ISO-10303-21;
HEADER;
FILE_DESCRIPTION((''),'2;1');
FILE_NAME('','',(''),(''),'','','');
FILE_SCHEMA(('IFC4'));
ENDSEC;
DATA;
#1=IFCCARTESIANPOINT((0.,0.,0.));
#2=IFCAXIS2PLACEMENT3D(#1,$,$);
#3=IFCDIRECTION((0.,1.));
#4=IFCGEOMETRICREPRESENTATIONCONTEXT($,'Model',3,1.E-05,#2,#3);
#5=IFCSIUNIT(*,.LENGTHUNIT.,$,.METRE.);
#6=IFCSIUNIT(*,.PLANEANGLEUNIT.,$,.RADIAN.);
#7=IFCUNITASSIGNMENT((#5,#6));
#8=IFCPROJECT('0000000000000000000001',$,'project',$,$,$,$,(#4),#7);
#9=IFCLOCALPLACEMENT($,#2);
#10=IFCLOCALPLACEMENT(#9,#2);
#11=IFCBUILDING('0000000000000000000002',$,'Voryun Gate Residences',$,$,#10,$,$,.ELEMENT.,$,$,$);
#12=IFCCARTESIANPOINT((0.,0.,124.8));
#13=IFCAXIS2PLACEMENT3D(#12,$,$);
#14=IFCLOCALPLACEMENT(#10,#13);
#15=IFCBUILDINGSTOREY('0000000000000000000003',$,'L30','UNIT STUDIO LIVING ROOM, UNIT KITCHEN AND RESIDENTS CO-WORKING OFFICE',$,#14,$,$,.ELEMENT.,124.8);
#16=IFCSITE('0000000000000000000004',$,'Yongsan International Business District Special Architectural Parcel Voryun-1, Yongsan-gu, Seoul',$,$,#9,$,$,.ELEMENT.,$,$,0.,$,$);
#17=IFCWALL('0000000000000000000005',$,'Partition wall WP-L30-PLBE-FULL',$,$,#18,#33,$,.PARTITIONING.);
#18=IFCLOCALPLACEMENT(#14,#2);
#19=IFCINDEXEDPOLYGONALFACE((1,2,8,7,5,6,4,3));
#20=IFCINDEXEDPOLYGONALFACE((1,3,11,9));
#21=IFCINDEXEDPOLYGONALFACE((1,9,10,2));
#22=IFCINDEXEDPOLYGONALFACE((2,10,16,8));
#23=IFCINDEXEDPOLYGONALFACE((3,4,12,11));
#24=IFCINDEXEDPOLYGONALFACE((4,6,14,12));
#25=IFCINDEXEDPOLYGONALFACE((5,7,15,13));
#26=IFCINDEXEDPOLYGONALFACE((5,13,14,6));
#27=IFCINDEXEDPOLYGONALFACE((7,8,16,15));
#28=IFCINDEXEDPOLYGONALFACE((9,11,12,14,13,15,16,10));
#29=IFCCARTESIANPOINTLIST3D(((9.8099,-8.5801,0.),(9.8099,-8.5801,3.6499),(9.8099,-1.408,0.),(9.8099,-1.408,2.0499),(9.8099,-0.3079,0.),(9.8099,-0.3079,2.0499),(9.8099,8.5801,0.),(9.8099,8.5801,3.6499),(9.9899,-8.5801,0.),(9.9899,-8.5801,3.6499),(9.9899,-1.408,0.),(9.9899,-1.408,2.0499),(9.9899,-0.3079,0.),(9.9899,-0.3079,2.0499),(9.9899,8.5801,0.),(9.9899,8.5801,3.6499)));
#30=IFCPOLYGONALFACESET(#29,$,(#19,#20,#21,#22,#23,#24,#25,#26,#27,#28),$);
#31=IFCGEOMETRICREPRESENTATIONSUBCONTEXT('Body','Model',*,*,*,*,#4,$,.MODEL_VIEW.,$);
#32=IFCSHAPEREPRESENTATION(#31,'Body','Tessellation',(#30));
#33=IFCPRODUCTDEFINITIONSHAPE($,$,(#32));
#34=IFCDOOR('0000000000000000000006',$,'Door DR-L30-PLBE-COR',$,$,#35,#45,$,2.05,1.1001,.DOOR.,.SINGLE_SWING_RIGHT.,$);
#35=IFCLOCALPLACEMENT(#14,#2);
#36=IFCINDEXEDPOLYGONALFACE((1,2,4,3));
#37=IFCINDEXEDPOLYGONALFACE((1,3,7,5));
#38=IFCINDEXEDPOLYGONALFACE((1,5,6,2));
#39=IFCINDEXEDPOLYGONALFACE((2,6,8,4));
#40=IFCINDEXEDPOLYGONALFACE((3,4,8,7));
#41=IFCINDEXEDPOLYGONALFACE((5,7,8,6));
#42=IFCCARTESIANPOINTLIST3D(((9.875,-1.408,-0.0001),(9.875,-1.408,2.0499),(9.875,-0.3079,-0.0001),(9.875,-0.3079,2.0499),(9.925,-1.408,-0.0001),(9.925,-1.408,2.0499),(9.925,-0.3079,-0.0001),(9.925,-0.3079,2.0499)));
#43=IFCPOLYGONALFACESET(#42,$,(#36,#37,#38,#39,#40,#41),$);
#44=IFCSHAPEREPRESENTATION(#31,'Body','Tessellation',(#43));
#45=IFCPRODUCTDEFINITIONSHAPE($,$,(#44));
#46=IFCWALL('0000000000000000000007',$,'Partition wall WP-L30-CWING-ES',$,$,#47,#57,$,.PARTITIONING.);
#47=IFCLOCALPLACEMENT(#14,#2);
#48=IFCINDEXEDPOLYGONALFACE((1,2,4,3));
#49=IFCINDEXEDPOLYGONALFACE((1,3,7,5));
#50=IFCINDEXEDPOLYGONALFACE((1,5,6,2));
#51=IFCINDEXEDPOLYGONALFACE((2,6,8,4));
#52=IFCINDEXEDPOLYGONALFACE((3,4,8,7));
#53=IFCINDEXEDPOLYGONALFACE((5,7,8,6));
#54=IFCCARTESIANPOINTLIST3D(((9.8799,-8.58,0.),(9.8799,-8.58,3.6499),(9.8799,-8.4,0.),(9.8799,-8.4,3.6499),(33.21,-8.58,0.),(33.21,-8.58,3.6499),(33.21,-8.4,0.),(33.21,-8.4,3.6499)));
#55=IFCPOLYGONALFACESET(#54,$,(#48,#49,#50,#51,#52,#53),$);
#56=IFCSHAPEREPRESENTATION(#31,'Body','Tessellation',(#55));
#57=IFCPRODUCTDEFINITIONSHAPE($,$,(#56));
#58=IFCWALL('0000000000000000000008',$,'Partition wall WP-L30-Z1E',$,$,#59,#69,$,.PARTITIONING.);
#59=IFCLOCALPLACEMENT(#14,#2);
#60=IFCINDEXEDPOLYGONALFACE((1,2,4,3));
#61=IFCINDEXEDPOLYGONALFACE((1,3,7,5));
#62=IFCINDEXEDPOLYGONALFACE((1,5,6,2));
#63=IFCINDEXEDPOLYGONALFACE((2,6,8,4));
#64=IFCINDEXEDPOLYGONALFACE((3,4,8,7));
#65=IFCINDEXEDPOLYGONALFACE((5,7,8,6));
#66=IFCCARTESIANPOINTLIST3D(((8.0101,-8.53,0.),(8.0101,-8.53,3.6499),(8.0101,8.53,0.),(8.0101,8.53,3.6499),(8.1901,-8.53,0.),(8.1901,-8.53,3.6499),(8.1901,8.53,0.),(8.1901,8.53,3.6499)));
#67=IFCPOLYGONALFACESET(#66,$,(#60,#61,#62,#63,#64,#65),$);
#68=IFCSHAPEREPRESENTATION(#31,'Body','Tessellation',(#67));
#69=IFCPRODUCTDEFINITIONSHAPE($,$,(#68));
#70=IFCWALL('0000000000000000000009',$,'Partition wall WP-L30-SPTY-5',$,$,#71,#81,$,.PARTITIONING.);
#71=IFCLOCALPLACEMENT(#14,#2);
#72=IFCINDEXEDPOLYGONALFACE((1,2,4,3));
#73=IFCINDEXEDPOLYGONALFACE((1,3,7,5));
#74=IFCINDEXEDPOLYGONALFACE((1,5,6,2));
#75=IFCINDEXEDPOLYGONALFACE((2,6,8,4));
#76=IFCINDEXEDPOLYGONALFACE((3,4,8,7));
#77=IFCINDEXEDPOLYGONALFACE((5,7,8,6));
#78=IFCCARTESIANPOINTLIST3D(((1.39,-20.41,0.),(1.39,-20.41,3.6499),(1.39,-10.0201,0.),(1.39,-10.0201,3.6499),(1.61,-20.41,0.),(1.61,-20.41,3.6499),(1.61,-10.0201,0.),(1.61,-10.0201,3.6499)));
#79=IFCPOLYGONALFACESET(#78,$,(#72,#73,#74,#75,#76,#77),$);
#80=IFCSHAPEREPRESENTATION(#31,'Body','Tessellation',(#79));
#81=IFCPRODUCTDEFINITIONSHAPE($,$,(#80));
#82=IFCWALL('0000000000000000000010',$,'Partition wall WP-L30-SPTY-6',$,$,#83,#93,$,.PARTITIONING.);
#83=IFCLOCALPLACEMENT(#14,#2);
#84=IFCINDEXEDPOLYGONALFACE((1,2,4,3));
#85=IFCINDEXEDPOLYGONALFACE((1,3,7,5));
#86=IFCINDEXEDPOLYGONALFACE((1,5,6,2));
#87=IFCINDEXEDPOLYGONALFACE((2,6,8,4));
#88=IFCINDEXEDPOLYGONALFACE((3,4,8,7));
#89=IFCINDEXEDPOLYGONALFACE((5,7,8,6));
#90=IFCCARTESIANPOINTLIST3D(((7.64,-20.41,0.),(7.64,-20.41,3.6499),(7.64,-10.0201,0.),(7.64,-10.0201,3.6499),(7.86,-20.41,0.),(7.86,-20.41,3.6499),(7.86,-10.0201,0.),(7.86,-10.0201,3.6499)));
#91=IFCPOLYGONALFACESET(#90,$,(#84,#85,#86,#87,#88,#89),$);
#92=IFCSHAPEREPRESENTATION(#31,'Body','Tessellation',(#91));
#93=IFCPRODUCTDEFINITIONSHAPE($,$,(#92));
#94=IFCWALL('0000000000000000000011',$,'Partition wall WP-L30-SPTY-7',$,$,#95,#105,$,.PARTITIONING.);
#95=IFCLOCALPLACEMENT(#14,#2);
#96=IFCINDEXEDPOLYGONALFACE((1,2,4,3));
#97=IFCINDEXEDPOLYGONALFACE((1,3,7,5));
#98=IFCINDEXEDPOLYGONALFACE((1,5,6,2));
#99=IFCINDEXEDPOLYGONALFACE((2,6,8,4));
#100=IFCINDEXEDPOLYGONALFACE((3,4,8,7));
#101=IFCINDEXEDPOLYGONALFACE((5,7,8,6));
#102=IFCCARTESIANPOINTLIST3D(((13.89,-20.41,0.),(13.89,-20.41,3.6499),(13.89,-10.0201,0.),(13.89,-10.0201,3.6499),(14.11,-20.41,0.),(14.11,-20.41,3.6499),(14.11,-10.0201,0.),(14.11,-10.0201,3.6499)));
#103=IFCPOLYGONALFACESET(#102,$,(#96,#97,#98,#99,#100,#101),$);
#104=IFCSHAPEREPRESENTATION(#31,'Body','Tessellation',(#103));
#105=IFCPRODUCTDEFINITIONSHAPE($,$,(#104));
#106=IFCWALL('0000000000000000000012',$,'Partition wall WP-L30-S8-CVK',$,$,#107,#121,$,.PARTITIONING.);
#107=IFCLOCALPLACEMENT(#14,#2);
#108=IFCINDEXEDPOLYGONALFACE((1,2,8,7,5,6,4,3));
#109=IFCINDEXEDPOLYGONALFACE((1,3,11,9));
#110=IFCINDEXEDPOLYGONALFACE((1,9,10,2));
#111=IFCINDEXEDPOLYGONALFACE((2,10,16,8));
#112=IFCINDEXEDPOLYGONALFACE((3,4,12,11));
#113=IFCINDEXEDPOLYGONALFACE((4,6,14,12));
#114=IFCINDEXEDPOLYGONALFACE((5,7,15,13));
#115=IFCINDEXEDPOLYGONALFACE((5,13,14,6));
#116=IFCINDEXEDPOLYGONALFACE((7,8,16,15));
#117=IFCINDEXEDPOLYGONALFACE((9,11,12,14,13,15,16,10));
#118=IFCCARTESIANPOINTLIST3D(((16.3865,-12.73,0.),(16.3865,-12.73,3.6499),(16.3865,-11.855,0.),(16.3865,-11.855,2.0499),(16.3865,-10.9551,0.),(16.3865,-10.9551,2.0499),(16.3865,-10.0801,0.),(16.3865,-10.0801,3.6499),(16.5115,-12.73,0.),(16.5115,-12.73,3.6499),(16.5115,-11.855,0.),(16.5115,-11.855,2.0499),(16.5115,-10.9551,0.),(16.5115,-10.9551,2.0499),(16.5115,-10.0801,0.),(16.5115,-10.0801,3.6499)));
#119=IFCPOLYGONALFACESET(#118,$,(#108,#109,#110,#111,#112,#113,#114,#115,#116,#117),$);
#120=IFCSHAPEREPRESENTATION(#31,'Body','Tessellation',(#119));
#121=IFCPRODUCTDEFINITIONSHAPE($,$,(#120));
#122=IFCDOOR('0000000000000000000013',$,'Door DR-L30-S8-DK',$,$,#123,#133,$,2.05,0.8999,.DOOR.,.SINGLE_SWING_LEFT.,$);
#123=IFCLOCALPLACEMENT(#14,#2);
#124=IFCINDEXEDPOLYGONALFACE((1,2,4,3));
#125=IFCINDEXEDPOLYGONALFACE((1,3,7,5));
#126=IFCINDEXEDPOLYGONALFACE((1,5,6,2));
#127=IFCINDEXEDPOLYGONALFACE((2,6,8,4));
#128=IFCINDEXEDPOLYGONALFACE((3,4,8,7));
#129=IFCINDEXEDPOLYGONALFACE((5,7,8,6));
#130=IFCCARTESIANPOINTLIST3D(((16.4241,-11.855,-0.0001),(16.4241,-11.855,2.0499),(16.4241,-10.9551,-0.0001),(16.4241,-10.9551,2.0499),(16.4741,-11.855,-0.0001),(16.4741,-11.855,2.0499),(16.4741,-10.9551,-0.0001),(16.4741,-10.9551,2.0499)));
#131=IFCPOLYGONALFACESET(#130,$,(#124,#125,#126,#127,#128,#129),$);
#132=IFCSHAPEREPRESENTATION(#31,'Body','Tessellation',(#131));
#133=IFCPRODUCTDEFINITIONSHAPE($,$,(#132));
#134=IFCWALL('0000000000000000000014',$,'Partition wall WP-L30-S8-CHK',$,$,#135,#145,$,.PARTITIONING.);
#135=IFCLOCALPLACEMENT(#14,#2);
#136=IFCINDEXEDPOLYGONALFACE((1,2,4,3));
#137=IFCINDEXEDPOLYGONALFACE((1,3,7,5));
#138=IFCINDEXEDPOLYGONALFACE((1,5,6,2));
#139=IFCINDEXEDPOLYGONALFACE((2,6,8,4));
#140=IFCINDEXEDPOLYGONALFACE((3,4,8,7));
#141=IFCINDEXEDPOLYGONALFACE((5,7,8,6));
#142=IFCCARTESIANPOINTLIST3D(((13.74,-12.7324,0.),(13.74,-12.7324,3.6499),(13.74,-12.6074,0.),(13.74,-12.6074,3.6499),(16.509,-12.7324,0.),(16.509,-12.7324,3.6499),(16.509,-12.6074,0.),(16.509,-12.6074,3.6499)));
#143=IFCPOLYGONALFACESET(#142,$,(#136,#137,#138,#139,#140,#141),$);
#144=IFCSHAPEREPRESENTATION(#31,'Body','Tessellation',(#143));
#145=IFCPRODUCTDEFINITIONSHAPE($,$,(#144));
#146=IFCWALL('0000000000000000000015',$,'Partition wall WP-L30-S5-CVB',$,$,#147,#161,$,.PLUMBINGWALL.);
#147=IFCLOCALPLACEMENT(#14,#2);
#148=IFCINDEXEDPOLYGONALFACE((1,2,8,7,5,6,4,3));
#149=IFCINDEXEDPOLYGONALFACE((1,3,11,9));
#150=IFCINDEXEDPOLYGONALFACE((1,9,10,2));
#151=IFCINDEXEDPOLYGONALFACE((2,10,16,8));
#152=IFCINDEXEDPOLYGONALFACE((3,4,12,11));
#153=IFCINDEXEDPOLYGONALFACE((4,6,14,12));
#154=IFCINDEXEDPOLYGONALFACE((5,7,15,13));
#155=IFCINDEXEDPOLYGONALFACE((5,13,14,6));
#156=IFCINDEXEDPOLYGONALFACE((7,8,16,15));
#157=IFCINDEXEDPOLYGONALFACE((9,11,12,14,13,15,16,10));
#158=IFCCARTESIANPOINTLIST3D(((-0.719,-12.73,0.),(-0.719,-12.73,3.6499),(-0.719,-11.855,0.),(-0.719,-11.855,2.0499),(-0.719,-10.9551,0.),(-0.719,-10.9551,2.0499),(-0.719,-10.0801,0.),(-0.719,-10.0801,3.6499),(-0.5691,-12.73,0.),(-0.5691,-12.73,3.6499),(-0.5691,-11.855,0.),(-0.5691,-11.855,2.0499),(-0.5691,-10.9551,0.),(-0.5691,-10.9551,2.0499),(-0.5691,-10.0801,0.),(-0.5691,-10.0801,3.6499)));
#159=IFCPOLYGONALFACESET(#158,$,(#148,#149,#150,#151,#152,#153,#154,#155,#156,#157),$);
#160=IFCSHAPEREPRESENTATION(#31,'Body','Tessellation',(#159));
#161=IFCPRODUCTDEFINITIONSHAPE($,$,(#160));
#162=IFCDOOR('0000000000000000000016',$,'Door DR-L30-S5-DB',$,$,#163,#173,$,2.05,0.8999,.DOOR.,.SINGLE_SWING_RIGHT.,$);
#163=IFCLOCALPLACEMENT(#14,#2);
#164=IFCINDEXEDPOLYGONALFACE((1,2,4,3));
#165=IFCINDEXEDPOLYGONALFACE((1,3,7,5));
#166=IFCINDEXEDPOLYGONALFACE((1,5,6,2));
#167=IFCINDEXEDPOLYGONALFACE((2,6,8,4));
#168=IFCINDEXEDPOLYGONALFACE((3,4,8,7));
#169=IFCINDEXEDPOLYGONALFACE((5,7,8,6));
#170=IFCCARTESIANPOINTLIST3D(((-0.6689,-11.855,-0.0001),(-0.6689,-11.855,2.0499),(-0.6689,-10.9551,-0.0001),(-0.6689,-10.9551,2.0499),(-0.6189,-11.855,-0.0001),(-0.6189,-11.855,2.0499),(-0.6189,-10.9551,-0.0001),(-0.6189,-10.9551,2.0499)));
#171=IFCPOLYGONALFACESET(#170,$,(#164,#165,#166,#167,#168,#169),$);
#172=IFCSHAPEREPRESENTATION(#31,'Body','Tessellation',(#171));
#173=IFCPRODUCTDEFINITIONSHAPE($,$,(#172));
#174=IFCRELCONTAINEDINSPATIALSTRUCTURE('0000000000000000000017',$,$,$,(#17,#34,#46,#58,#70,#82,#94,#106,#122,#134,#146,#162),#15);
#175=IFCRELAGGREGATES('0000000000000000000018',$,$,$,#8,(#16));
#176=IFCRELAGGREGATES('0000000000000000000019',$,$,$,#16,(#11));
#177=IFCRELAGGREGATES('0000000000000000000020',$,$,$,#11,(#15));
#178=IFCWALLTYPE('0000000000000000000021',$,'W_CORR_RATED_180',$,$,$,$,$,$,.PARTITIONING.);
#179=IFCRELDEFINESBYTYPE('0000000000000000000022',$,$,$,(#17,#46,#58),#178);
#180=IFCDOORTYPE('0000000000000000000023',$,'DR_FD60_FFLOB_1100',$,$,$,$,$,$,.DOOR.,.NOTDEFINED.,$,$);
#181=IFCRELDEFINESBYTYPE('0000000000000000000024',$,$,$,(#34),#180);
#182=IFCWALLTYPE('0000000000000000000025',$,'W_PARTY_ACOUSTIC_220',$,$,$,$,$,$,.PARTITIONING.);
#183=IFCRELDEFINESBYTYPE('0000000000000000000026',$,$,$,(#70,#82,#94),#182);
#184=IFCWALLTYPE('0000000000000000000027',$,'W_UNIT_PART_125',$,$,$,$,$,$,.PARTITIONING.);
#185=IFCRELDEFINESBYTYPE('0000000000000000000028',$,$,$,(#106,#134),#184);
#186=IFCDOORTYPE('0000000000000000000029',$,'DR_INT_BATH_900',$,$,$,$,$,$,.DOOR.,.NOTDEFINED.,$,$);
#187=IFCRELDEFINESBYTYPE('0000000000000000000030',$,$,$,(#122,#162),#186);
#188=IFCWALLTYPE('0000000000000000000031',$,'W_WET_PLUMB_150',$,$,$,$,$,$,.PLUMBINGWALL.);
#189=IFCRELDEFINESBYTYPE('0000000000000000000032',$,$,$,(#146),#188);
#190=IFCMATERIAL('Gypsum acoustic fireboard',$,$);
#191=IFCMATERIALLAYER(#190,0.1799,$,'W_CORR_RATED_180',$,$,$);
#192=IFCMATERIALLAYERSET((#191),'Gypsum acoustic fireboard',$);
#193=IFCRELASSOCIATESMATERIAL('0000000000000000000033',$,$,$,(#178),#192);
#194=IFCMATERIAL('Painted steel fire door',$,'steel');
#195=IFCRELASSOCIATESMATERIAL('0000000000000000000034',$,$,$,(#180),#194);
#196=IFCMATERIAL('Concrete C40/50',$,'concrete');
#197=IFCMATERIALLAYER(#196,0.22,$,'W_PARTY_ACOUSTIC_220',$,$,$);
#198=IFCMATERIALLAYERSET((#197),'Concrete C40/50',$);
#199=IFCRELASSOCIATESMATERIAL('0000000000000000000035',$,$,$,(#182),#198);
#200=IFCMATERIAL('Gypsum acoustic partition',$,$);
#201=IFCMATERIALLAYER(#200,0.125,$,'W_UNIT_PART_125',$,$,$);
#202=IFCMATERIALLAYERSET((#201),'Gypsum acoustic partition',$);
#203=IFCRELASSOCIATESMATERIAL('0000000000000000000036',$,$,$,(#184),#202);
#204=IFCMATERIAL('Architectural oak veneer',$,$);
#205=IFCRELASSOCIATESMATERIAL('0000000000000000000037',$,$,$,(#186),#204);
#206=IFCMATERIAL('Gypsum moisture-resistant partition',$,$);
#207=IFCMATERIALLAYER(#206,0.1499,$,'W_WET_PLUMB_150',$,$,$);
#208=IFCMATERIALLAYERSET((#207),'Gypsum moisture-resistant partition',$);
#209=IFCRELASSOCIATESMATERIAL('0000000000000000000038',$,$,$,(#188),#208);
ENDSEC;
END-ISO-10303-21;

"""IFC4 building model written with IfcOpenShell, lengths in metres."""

from ifc_helpers import new_model, si_unit, direction, frame, frame_2d, origin, place, context, subcontext, project, spatial, rectangle, extrude, material, layer, layer_set, type_object, element, fill, save


model = new_model("IFC4")

# Units and contexts
model_context = context("Model", 3, precision=1e-05, world=origin(), true_north=direction((0.0, 1.0)))
body_context = subcontext(model_context, "Body", "Model", "MODEL_VIEW")
ifc_project = project(units=[si_unit("LENGTHUNIT", "METRE"), si_unit("PLANEANGLEUNIT", "RADIAN")], contexts=[model_context])

# Site, building, storey
site_placement = place(None, origin())
site = spatial("IfcSite", under=ifc_project, at=site_placement, Name="Yongsan International Business District Special Architectural Parcel Voryun-1, Yongsan-gu, Seoul", CompositionType="ELEMENT", RefElevation=0.0)
building_placement = place(site_placement, origin())
building = spatial("IfcBuilding", under=site, at=building_placement, Name="Voryun Gate Residences", CompositionType="ELEMENT")
storey_placement = place(building_placement, frame((0.0, 0.0, 124.8)))
storey = spatial("IfcBuildingStorey", under=building, at=storey_placement, Name="L30", Description="UNIT STUDIO LIVING ROOM, UNIT KITCHEN AND RESIDENTS CO-WORKING OFFICE", CompositionType="ELEMENT", Elevation=124.8)

# Wall, opening, door
ifc_material_1 = material(Name="Gypsum acoustic fireboard")
ifc_layer_1 = layer(ifc_material_1, 0.1799, Name="W_CORR_RATED_180")
ifc_layer_set_1 = layer_set([ifc_layer_1], Name="Gypsum acoustic fireboard")
wall_type_1 = type_object("IfcWallType", Name="W_CORR_RATED_180", PredefinedType="PARTITIONING", material=ifc_layer_set_1)
wall_1_placement = place(storey_placement, frame((9.8999, -8.5801, 0.0), z_axis=(0.0, 0.0, 1.0), x_axis=(0.0, 1.0, 0.0)))
wall_1 = element("IfcWall", 1, at=wall_1_placement, inside=storey, type_object=wall_type_1, Name="Partition wall WP-L30-PLBE-FULL", PredefinedType="PARTITIONING", context=body_context, shape_type="SweptSolid", body=[
    extrude(rectangle(XDim=17.1602, YDim=0.1799, at=frame_2d((8.5801, 0.0))), origin(), (0.0, 0.0, 1.0), 3.6499),
])
opening_1_placement = place(wall_1_placement, frame((7.1721, 0.0, 0.0)))
opening_1 = element("IfcOpeningElement", 2, at=opening_1_placement, cuts=wall_1, PredefinedType="OPENING", context=body_context, shape_type="SweptSolid", body=[
    extrude(rectangle(XDim=1.1001, YDim=2.05, at=frame_2d((0.55, 1.0249))), frame((0.0, 0.0999, 0.0), z_axis=(0.0, -1.0, 0.0), x_axis=(1.0, 0.0, 0.0)), (0.0, 0.0, 1.0), 0.2),
])
ifc_material_2 = material(Name="Painted steel fire door", Category="steel")
door_type_1 = type_object("IfcDoorType", Name="DR_FD60_FFLOB_1100", OperationType="NOTDEFINED", PredefinedType="DOOR", material=ifc_material_2)
door_1_placement = place(opening_1_placement, origin())
door_1 = element("IfcDoor", 3, at=door_1_placement, inside=storey, type_object=door_type_1, Name="Door DR-L30-PLBE-COR", OperationType="SINGLE_SWING_RIGHT", OverallHeight=2.05, OverallWidth=1.1001, PredefinedType="DOOR", context=body_context, shape_type="SweptSolid", body=[
    extrude(rectangle(XDim=1.1001, YDim=2.05, at=frame_2d((0.55, 1.0249))), frame((0.0, 0.0249, 0.0), z_axis=(0.0, -1.0, 0.0), x_axis=(1.0, 0.0, 0.0)), (0.0, 0.0, 1.0), 0.05),
])
fill(opening_1, door_1)

# Walls
wall_2_placement = place(storey_placement, frame((9.8799, -8.49, 0.0), z_axis=(0.0, 0.0, 1.0), x_axis=(1.0, 0.0, 0.0)))
element("IfcWall", 4, at=wall_2_placement, inside=storey, type_object=wall_type_1, Name="Partition wall WP-L30-CWING-ES", PredefinedType="PARTITIONING", context=body_context, shape_type="SweptSolid", body=[
    extrude(rectangle(XDim=23.3301, YDim=0.1799, at=frame_2d((11.665, 0.0))), origin(), (0.0, 0.0, 1.0), 3.6499),
])
wall_3_placement = place(storey_placement, frame((8.1001, -8.53, 0.0), z_axis=(0.0, 0.0, 1.0), x_axis=(0.0, 1.0, 0.0)))
element("IfcWall", 5, at=wall_3_placement, inside=storey, type_object=wall_type_1, Name="Partition wall WP-L30-Z1E", PredefinedType="PARTITIONING", context=body_context, shape_type="SweptSolid", body=[
    extrude(rectangle(XDim=17.0601, YDim=0.1799, at=frame_2d((8.53, 0.0))), origin(), (0.0, 0.0, 1.0), 3.6499),
])
ifc_material_3 = material(Name="Concrete C40/50", Category="concrete")
ifc_layer_2 = layer(ifc_material_3, 0.22, Name="W_PARTY_ACOUSTIC_220")
ifc_layer_set_2 = layer_set([ifc_layer_2], Name="Concrete C40/50")
wall_type_2 = type_object("IfcWallType", Name="W_PARTY_ACOUSTIC_220", PredefinedType="PARTITIONING", material=ifc_layer_set_2)
for number, where, z_axis, x_axis, name in (
    (6, (1.5, -20.4099, 0.0), (0.0, 0.0, 1.0), (0.0, 1.0, 0.0), "Partition wall WP-L30-SPTY-5"),
    (7, (7.75, -20.4099, 0.0), (0.0, 0.0, 1.0), (0.0, 1.0, 0.0), "Partition wall WP-L30-SPTY-6"),
    (8, (14.0, -20.4099, 0.0), (0.0, 0.0, 1.0), (0.0, 1.0, 0.0), "Partition wall WP-L30-SPTY-7"),
):
    element("IfcWall", number, at=place(storey_placement, frame(where, z_axis=z_axis, x_axis=x_axis)), inside=storey, type_object=wall_type_2, Name=name, PredefinedType="PARTITIONING", context=body_context, shape_type="SweptSolid", body=[
        extrude(rectangle(XDim=10.3899, YDim=0.22, at=frame_2d((5.1948, 0.0))), origin(), (0.0, 0.0, 1.0), 3.6499),
    ])

# Wall, opening, door
ifc_material_4 = material(Name="Gypsum acoustic partition")
ifc_layer_3 = layer(ifc_material_4, 0.125, Name="W_UNIT_PART_125")
ifc_layer_set_3 = layer_set([ifc_layer_3], Name="Gypsum acoustic partition")
wall_type_3 = type_object("IfcWallType", Name="W_UNIT_PART_125", PredefinedType="PARTITIONING", material=ifc_layer_set_3)
wall_4_placement = place(storey_placement, frame((16.449, -12.73, 0.0), z_axis=(0.0, 0.0, 1.0), x_axis=(0.0, 1.0, 0.0)))
wall_4 = element("IfcWall", 9, at=wall_4_placement, inside=storey, type_object=wall_type_3, Name="Partition wall WP-L30-S8-CVK", PredefinedType="PARTITIONING", context=body_context, shape_type="SweptSolid", body=[
    extrude(rectangle(XDim=2.6499, YDim=0.125, at=frame_2d((1.325, 0.0))), origin(), (0.0, 0.0, 1.0), 3.6499),
])
opening_2_placement = place(wall_4_placement, frame((0.875, 0.0, 0.0)))
opening_2 = element("IfcOpeningElement", 10, at=opening_2_placement, cuts=wall_4, PredefinedType="OPENING", context=body_context, shape_type="SweptSolid", body=[
    extrude(rectangle(XDim=0.8999, YDim=2.05, at=frame_2d((0.45, 1.0249))), frame((0.0, 0.0725, 0.0), z_axis=(0.0, -1.0, 0.0), x_axis=(1.0, 0.0, 0.0)), (0.0, 0.0, 1.0), 0.145),
])
ifc_material_5 = material(Name="Architectural oak veneer")
door_type_2 = type_object("IfcDoorType", Name="DR_INT_BATH_900", OperationType="NOTDEFINED", PredefinedType="DOOR", material=ifc_material_5)
door_2_placement = place(opening_2_placement, origin())
door_2 = element("IfcDoor", 11, at=door_2_placement, inside=storey, type_object=door_type_2, Name="Door DR-L30-S8-DK", OperationType="SINGLE_SWING_LEFT", OverallHeight=2.05, OverallWidth=0.8999, PredefinedType="DOOR", context=body_context, shape_type="SweptSolid", body=[
    extrude(rectangle(XDim=0.8999, YDim=2.05, at=frame_2d((0.45, 1.0249))), frame((0.0, 0.0249, 0.0), z_axis=(0.0, -1.0, 0.0), x_axis=(1.0, 0.0, 0.0)), (0.0, 0.0, 1.0), 0.05),
])
fill(opening_2, door_2)

# Wall
wall_5_placement = place(storey_placement, frame((13.74, -12.6699, 0.0), z_axis=(0.0, 0.0, 1.0), x_axis=(1.0, 0.0, 0.0)))
element("IfcWall", 12, at=wall_5_placement, inside=storey, type_object=wall_type_3, Name="Partition wall WP-L30-S8-CHK", PredefinedType="PARTITIONING", context=body_context, shape_type="SweptSolid", body=[
    extrude(rectangle(XDim=2.769, YDim=0.125, at=frame_2d((1.3845, 0.0))), origin(), (0.0, 0.0, 1.0), 3.6499),
])

# Wall, opening, door
ifc_material_6 = material(Name="Gypsum moisture-resistant partition")
ifc_layer_4 = layer(ifc_material_6, 0.1499, Name="W_WET_PLUMB_150")
ifc_layer_set_4 = layer_set([ifc_layer_4], Name="Gypsum moisture-resistant partition")
wall_type_4 = type_object("IfcWallType", Name="W_WET_PLUMB_150", PredefinedType="PLUMBINGWALL", material=ifc_layer_set_4)
wall_6_placement = place(storey_placement, frame((-0.644, -12.73, 0.0), z_axis=(0.0, 0.0, 1.0), x_axis=(0.0, 1.0, 0.0)))
wall_6 = element("IfcWall", 13, at=wall_6_placement, inside=storey, type_object=wall_type_4, Name="Partition wall WP-L30-S5-CVB", PredefinedType="PLUMBINGWALL", context=body_context, shape_type="SweptSolid", body=[
    extrude(rectangle(XDim=2.6499, YDim=0.1499, at=frame_2d((1.325, 0.0))), origin(), (0.0, 0.0, 1.0), 3.6499),
])
opening_3_placement = place(wall_6_placement, frame((0.875, 0.0, 0.0)))
opening_3 = element("IfcOpeningElement", 14, at=opening_3_placement, cuts=wall_6, PredefinedType="OPENING", context=body_context, shape_type="SweptSolid", body=[
    extrude(rectangle(XDim=0.8999, YDim=2.05, at=frame_2d((0.45, 1.0249))), frame((0.0, 0.085, 0.0), z_axis=(0.0, -1.0, 0.0), x_axis=(1.0, 0.0, 0.0)), (0.0, 0.0, 1.0), 0.1699),
])
door_3_placement = place(opening_3_placement, origin())
door_3 = element("IfcDoor", 15, at=door_3_placement, inside=storey, type_object=door_type_2, Name="Door DR-L30-S5-DB", OperationType="SINGLE_SWING_RIGHT", OverallHeight=2.05, OverallWidth=0.8999, PredefinedType="DOOR", context=body_context, shape_type="SweptSolid", body=[
    extrude(rectangle(XDim=0.8999, YDim=2.05, at=frame_2d((0.45, 1.0249))), frame((0.0, 0.0249, 0.0), z_axis=(0.0, -1.0, 0.0), x_axis=(1.0, 0.0, 0.0)), (0.0, 0.0, 1.0), 0.05),
])
fill(opening_3, door_3)

save(model, "model.ifc")
